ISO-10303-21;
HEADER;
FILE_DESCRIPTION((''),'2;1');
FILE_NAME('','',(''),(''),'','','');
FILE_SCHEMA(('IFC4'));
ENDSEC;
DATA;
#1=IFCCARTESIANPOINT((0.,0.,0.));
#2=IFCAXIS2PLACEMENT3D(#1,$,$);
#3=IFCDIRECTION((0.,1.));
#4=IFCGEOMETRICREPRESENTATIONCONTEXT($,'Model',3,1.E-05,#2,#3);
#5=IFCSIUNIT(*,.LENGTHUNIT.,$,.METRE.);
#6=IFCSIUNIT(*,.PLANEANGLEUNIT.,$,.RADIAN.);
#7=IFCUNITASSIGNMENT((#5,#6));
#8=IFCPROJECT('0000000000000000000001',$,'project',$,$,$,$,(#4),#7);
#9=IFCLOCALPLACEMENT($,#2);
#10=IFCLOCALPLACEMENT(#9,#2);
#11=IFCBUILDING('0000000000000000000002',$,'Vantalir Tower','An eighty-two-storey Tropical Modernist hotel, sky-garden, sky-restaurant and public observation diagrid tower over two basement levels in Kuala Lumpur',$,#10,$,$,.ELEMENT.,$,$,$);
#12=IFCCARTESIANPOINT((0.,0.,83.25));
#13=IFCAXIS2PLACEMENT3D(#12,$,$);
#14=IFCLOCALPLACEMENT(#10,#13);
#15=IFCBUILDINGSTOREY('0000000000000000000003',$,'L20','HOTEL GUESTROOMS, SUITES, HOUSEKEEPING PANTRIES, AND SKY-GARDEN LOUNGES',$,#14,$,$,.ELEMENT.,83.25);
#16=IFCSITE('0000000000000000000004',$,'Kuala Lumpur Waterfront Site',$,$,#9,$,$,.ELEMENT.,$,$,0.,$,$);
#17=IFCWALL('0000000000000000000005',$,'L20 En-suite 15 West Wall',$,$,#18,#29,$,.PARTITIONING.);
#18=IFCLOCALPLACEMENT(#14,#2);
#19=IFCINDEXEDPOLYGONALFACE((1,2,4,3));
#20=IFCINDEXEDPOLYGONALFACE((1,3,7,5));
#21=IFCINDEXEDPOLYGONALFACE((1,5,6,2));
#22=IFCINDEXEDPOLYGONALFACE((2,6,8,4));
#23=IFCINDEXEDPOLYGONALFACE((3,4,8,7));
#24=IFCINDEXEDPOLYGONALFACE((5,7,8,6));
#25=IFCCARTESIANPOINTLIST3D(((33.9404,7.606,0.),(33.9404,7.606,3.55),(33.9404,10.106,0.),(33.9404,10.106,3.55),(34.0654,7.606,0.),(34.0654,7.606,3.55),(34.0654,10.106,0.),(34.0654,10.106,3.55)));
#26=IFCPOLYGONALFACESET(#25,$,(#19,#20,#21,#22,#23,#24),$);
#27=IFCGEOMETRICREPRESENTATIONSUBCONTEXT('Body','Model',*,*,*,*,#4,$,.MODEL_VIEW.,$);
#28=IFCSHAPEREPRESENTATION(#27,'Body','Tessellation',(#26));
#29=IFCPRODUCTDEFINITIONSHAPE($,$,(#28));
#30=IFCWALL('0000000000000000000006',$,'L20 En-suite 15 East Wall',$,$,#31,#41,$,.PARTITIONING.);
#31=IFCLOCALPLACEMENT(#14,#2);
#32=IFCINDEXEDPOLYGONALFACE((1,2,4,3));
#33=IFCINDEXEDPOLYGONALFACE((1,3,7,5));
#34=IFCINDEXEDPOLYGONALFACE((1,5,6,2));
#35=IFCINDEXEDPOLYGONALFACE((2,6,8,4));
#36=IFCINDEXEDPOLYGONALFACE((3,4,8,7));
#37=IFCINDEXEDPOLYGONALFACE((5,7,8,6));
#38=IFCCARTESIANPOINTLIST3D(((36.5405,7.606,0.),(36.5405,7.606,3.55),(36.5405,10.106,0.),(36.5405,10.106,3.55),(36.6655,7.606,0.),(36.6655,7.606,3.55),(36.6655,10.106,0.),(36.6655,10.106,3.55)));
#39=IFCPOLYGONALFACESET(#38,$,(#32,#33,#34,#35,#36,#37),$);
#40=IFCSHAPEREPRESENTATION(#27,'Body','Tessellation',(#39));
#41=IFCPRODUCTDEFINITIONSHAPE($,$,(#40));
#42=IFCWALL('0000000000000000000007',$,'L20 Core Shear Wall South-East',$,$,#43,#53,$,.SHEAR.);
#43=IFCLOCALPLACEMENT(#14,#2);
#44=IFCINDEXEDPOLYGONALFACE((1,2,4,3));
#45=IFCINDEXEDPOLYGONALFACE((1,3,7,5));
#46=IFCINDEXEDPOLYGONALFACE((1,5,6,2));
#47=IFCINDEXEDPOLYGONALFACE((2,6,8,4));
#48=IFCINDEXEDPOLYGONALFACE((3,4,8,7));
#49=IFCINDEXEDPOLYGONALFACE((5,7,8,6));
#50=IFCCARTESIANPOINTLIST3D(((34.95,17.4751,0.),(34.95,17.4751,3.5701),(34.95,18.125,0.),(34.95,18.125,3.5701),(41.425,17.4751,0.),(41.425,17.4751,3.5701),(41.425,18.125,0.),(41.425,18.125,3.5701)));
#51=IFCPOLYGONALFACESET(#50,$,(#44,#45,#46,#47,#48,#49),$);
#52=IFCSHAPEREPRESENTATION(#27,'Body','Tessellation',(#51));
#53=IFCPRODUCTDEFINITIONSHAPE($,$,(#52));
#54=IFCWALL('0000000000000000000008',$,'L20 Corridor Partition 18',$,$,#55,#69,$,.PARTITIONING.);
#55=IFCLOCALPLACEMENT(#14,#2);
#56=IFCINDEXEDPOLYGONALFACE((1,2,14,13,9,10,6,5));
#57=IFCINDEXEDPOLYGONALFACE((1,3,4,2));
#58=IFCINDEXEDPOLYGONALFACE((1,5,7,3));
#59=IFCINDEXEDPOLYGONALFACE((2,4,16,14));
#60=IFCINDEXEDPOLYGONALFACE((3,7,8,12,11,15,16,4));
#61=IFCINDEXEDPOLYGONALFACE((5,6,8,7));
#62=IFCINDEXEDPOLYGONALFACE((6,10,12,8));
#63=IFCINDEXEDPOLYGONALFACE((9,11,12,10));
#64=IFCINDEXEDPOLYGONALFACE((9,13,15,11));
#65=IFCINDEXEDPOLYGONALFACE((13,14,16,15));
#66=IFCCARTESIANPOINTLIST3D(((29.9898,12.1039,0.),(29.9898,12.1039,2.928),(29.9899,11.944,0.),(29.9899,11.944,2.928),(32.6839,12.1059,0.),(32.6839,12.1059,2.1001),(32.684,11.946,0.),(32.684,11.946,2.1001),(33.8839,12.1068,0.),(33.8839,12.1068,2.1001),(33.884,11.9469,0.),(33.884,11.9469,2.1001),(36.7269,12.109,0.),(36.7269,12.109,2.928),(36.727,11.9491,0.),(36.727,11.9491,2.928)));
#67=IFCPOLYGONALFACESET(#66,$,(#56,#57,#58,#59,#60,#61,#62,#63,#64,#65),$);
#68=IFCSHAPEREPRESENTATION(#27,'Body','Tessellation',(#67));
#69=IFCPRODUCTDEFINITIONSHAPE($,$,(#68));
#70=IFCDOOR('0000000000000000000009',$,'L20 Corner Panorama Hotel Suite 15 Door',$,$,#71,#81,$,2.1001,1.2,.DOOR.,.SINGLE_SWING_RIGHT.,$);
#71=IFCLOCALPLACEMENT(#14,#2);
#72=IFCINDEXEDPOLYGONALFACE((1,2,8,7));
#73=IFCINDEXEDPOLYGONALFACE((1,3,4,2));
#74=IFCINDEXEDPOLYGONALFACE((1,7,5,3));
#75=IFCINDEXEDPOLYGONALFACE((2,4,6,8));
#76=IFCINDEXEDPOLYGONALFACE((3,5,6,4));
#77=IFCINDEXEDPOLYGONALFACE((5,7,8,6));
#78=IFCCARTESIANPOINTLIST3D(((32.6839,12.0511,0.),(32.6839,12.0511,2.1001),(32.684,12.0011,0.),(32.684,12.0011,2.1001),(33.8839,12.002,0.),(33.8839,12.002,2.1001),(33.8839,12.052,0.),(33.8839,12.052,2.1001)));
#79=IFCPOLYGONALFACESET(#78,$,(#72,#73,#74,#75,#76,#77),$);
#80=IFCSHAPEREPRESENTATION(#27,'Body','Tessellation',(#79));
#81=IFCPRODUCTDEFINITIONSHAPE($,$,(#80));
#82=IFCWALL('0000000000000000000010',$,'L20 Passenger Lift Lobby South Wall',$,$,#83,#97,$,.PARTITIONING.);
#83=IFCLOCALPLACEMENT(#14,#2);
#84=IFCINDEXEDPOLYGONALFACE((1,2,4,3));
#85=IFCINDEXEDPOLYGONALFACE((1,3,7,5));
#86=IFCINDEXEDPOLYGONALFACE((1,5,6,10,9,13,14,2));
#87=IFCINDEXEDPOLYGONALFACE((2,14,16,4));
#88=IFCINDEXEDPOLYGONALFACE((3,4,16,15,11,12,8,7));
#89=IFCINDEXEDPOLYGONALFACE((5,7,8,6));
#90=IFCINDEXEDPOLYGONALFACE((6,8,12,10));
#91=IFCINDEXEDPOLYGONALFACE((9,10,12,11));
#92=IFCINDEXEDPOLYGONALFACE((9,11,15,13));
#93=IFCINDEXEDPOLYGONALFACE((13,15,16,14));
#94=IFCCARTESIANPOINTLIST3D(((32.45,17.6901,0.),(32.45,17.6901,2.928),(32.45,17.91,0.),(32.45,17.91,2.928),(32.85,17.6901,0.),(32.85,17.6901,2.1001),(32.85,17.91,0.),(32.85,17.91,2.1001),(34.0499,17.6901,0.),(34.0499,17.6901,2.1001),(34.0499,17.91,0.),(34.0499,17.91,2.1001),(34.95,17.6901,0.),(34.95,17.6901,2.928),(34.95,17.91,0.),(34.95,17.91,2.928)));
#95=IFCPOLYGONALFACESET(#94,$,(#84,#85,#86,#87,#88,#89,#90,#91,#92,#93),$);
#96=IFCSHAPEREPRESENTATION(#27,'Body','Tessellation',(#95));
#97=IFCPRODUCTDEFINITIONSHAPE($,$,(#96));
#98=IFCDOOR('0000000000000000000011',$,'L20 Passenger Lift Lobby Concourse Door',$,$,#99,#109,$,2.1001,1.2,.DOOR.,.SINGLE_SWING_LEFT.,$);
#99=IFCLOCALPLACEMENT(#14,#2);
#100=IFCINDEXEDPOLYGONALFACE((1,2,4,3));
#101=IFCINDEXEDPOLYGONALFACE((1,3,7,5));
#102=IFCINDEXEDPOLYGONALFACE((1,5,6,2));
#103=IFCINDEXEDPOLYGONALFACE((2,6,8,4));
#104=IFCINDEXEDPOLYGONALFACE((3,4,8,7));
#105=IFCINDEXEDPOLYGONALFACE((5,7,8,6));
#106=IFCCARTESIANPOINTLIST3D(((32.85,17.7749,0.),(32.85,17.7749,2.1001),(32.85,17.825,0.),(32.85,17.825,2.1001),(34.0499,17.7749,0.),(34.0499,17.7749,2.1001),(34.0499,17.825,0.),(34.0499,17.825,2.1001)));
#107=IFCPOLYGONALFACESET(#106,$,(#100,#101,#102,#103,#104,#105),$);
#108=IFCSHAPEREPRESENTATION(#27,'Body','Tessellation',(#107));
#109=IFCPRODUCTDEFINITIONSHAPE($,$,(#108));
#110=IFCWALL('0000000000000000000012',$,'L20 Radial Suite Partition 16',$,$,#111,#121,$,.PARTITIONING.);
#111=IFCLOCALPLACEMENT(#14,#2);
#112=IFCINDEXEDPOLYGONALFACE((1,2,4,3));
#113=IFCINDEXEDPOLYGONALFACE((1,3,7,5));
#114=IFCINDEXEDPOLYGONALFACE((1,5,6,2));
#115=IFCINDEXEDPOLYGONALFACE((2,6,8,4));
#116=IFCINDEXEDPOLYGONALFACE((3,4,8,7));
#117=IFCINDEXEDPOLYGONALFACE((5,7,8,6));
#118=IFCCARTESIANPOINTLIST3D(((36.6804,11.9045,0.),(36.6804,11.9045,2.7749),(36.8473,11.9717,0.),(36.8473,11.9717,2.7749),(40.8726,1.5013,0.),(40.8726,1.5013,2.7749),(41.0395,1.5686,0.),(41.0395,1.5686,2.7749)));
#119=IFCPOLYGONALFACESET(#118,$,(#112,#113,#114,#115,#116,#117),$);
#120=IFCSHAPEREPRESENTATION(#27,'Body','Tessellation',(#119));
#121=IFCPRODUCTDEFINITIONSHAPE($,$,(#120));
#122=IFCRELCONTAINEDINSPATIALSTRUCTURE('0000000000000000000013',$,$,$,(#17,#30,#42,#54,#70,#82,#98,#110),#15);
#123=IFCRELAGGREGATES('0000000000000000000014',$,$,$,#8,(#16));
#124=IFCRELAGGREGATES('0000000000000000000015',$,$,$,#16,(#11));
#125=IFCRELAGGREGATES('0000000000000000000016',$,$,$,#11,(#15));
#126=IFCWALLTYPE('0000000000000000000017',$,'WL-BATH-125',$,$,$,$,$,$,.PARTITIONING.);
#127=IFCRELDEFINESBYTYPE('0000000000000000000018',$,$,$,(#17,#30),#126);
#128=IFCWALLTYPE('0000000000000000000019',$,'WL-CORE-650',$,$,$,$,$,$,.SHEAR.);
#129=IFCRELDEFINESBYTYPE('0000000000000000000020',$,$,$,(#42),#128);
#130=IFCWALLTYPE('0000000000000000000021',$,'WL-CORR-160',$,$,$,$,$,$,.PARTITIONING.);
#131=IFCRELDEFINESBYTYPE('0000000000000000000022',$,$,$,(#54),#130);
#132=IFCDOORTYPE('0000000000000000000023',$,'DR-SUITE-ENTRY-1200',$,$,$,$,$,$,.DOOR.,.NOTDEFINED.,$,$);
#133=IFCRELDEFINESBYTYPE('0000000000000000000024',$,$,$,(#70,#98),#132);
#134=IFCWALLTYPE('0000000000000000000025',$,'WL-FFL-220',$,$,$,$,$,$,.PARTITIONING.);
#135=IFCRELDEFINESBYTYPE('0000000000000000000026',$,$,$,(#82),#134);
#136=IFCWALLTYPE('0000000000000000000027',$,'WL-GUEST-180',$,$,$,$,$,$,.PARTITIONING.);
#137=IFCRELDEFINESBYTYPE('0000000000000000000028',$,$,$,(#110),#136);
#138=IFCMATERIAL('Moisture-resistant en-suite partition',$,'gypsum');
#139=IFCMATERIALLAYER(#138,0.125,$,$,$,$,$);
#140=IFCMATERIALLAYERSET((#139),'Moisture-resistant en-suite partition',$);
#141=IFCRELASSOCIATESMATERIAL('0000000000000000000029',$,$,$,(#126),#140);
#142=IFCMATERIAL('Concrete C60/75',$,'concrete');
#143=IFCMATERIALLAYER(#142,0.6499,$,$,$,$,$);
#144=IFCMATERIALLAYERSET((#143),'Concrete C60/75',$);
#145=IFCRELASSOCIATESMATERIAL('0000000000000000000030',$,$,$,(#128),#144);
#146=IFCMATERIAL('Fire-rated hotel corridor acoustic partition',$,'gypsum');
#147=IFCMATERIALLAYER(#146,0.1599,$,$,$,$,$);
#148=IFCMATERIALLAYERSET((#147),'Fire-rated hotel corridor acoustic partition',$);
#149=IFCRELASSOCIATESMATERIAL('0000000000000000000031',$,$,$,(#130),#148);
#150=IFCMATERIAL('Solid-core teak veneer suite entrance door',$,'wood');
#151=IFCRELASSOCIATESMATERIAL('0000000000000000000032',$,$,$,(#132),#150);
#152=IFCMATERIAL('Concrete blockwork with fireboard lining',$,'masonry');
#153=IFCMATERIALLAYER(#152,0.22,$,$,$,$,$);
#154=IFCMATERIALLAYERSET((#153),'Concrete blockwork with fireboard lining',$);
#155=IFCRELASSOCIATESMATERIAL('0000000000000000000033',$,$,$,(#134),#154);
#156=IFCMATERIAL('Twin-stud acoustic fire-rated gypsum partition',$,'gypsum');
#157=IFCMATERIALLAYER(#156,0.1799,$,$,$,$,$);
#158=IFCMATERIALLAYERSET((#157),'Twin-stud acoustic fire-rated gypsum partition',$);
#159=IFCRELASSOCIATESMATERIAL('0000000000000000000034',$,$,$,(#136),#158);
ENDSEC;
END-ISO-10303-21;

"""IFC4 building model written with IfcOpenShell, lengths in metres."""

from ifc_helpers import new_model, si_unit, direction, frame, frame_2d, origin, place, context, subcontext, project, spatial, rectangle, extrude, material, layer, layer_set, type_object, element, fill, save


model = new_model("IFC4")

# Units and contexts
model_context = context("Model", 3, precision=1e-05, world=origin(), true_north=direction((0.0, 1.0)))
body_context = subcontext(model_context, "Body", "Model", "MODEL_VIEW")
ifc_project = project(units=[si_unit("LENGTHUNIT", "METRE"), si_unit("PLANEANGLEUNIT", "RADIAN")], contexts=[model_context])

# Site, building, storey
site_placement = place(None, origin())
site = spatial("IfcSite", under=ifc_project, at=site_placement, Name="Kuala Lumpur Waterfront Site", CompositionType="ELEMENT", RefElevation=0.0)
building_placement = place(site_placement, origin())
building = spatial("IfcBuilding", under=site, at=building_placement, Name="Vantalir Tower", Description="An eighty-two-storey Tropical Modernist hotel, sky-garden, sky-restaurant and public observation diagrid tower over two basement levels in Kuala Lumpur", CompositionType="ELEMENT")
storey_placement = place(building_placement, frame((0.0, 0.0, 83.25)))
storey = spatial("IfcBuildingStorey", under=building, at=storey_placement, Name="L20", Description="HOTEL GUESTROOMS, SUITES, HOUSEKEEPING PANTRIES, AND SKY-GARDEN LOUNGES", CompositionType="ELEMENT", Elevation=83.25)

# Shared definitions
ifc_material_1 = material(Name="Concrete C60/75", Category="concrete")

# Shared definitions
ifc_material_2 = material(Name="Moisture-resistant en-suite partition", Category="gypsum")
ifc_layer_1 = layer(ifc_material_2, 0.125)
ifc_layer_set_1 = layer_set([ifc_layer_1], Name="Moisture-resistant en-suite partition")
wall_type_1 = type_object("IfcWallType", Name="WL-BATH-125", PredefinedType="PARTITIONING", material=ifc_layer_set_1)

# Walls
for number, where, z_axis, x_axis, name in (
    (1, (34.0029, 7.606, 0.0), (0.0, 0.0, 1.0), (0.0, 1.0, 0.0), "L20 En-suite 15 West Wall"),
    (2, (36.603, 7.606, 0.0), (0.0, 0.0, 1.0), (0.0, 1.0, 0.0), "L20 En-suite 15 East Wall"),
):
    element("IfcWall", number, at=place(storey_placement, frame(where, z_axis=z_axis, x_axis=x_axis)), inside=storey, type_object=wall_type_1, Name=name, PredefinedType="PARTITIONING", context=body_context, shape_type="SweptSolid", body=[
        extrude(rectangle(XDim=2.5, YDim=0.125, at=frame_2d((1.25, 0.0))), origin(), (0.0, 0.0, 1.0), 3.55),
    ])
ifc_layer_2 = layer(ifc_material_1, 0.6499)
ifc_layer_set_2 = layer_set([ifc_layer_2], Name="Concrete C60/75")
wall_type_2 = type_object("IfcWallType", Name="WL-CORE-650", PredefinedType="SHEAR", material=ifc_layer_set_2)
wall_1_placement = place(storey_placement, frame((34.95, 17.8, 0.0), z_axis=(0.0, 0.0, 1.0), x_axis=(1.0, 0.0, 0.0)))
element("IfcWall", 3, at=wall_1_placement, inside=storey, type_object=wall_type_2, Name="L20 Core Shear Wall South-East", PredefinedType="SHEAR", context=body_context, shape_type="SweptSolid", body=[
    extrude(rectangle(XDim=6.4751, YDim=0.6499, at=frame_2d((3.2375, 0.0))), origin(), (0.0, 0.0, 1.0), 3.5701),
])

# Walls, openings, doors
ifc_material_3 = material(Name="Fire-rated hotel corridor acoustic partition", Category="gypsum")
ifc_layer_3 = layer(ifc_material_3, 0.1599)
ifc_layer_set_3 = layer_set([ifc_layer_3], Name="Fire-rated hotel corridor acoustic partition")
wall_type_3 = type_object("IfcWallType", Name="WL-CORR-160", PredefinedType="PARTITIONING", material=ifc_layer_set_3)
wall_2_placement = place(storey_placement, frame((36.7271, 12.0291, 0.0), z_axis=(0.0, 0.0, 1.0), x_axis=(-1.0, -0.000761, 0.0)))
wall_2 = element("IfcWall", 4, at=wall_2_placement, inside=storey, type_object=wall_type_3, Name="L20 Corridor Partition 18", PredefinedType="PARTITIONING", context=body_context, shape_type="SweptSolid", body=[
    extrude(rectangle(XDim=6.7371, YDim=0.1599, at=frame_2d((3.3687, 0.0))), origin(), (0.0, 0.0, 1.0), 2.928),
])
opening_1_placement = place(wall_2_placement, frame((2.843, 0.0, 0.0)))
opening_1 = element("IfcOpeningElement", 5, at=opening_1_placement, cuts=wall_2, PredefinedType="OPENING", context=body_context, shape_type="SweptSolid", body=[
    extrude(rectangle(XDim=1.2, YDim=2.1001, at=frame_2d((0.6001, 1.05))), frame((0.0, 0.0898, 0.0), z_axis=(0.0, -1.0, 0.0), x_axis=(1.0, 0.0, 0.0)), (0.0, 0.0, 1.0), 0.1799),
])
ifc_material_4 = material(Name="Solid-core teak veneer suite entrance door", Category="wood")
door_type_1 = type_object("IfcDoorType", Name="DR-SUITE-ENTRY-1200", OperationType="NOTDEFINED", PredefinedType="DOOR", material=ifc_material_4)
door_1_placement = place(opening_1_placement, origin())
door_1 = element("IfcDoor", 6, at=door_1_placement, inside=storey, type_object=door_type_1, Name="L20 Corner Panorama Hotel Suite 15 Door", OperationType="SINGLE_SWING_RIGHT", OverallHeight=2.1001, OverallWidth=1.2, PredefinedType="DOOR", context=body_context, shape_type="SweptSolid", body=[
    extrude(rectangle(XDim=1.2, YDim=2.1001, at=frame_2d((0.6001, 1.05))), frame((0.0, 0.0249, 0.0), z_axis=(0.0, -1.0, 0.0), x_axis=(1.0, 0.0, 0.0)), (0.0, 0.0, 1.0), 0.05),
])
fill(opening_1, door_1)
ifc_material_5 = material(Name="Concrete blockwork with fireboard lining", Category="masonry")
ifc_layer_4 = layer(ifc_material_5, 0.22)
ifc_layer_set_4 = layer_set([ifc_layer_4], Name="Concrete blockwork with fireboard lining")
wall_type_4 = type_object("IfcWallType", Name="WL-FFL-220", PredefinedType="PARTITIONING", material=ifc_layer_set_4)
wall_3_placement = place(storey_placement, frame((32.45, 17.8, 0.0), z_axis=(0.0, 0.0, 1.0), x_axis=(1.0, 0.0, 0.0)))
wall_3 = element("IfcWall", 7, at=wall_3_placement, inside=storey, type_object=wall_type_4, Name="L20 Passenger Lift Lobby South Wall", PredefinedType="PARTITIONING", context=body_context, shape_type="SweptSolid", body=[
    extrude(rectangle(XDim=2.5, YDim=0.22, at=frame_2d((1.25, 0.0))), origin(), (0.0, 0.0, 1.0), 2.928),
])
opening_2_placement = place(wall_3_placement, frame((0.3999, 0.0, 0.0)))
opening_2 = element("IfcOpeningElement", 8, at=opening_2_placement, cuts=wall_3, PredefinedType="OPENING", context=body_context, shape_type="SweptSolid", body=[
    extrude(rectangle(XDim=1.2, YDim=2.1001, at=frame_2d((0.6001, 1.05))), frame((0.0, 0.1199, 0.0), z_axis=(0.0, -1.0, 0.0), x_axis=(1.0, 0.0, 0.0)), (0.0, 0.0, 1.0), 0.24),
])
door_2_placement = place(opening_2_placement, origin())
door_2 = element("IfcDoor", 9, at=door_2_placement, inside=storey, type_object=door_type_1, Name="L20 Passenger Lift Lobby Concourse Door", OperationType="SINGLE_SWING_LEFT", OverallHeight=2.1001, OverallWidth=1.2, PredefinedType="DOOR", context=body_context, shape_type="SweptSolid", body=[
    extrude(rectangle(XDim=1.2, YDim=2.1001, at=frame_2d((0.6001, 1.05))), frame((0.0, 0.0249, 0.0), z_axis=(0.0, -1.0, 0.0), x_axis=(1.0, 0.0, 0.0)), (0.0, 0.0, 1.0), 0.05),
])
fill(opening_2, door_2)

# Wall
ifc_material_6 = material(Name="Twin-stud acoustic fire-rated gypsum partition", Category="gypsum")
ifc_layer_5 = layer(ifc_material_6, 0.1799)
ifc_layer_set_5 = layer_set([ifc_layer_5], Name="Twin-stud acoustic fire-rated gypsum partition")
wall_type_5 = type_object("IfcWallType", Name="WL-GUEST-180", PredefinedType="PARTITIONING", material=ifc_layer_set_5)
wall_4_placement = place(storey_placement, frame((36.7639, 11.938, 0.0), z_axis=(0.0, 0.0, 1.0), x_axis=(0.373765, -0.927523, 0.0)))
element("IfcWall", 10, at=wall_4_placement, inside=storey, type_object=wall_type_5, Name="L20 Radial Suite Partition 16", PredefinedType="PARTITIONING", context=body_context, shape_type="SweptSolid", body=[
    extrude(rectangle(XDim=11.2161, YDim=0.1799, at=frame_2d((5.6079, 0.0))), origin(), (0.0, 0.0, 1.0), 2.7749),
])

save(model, "model.ifc")
